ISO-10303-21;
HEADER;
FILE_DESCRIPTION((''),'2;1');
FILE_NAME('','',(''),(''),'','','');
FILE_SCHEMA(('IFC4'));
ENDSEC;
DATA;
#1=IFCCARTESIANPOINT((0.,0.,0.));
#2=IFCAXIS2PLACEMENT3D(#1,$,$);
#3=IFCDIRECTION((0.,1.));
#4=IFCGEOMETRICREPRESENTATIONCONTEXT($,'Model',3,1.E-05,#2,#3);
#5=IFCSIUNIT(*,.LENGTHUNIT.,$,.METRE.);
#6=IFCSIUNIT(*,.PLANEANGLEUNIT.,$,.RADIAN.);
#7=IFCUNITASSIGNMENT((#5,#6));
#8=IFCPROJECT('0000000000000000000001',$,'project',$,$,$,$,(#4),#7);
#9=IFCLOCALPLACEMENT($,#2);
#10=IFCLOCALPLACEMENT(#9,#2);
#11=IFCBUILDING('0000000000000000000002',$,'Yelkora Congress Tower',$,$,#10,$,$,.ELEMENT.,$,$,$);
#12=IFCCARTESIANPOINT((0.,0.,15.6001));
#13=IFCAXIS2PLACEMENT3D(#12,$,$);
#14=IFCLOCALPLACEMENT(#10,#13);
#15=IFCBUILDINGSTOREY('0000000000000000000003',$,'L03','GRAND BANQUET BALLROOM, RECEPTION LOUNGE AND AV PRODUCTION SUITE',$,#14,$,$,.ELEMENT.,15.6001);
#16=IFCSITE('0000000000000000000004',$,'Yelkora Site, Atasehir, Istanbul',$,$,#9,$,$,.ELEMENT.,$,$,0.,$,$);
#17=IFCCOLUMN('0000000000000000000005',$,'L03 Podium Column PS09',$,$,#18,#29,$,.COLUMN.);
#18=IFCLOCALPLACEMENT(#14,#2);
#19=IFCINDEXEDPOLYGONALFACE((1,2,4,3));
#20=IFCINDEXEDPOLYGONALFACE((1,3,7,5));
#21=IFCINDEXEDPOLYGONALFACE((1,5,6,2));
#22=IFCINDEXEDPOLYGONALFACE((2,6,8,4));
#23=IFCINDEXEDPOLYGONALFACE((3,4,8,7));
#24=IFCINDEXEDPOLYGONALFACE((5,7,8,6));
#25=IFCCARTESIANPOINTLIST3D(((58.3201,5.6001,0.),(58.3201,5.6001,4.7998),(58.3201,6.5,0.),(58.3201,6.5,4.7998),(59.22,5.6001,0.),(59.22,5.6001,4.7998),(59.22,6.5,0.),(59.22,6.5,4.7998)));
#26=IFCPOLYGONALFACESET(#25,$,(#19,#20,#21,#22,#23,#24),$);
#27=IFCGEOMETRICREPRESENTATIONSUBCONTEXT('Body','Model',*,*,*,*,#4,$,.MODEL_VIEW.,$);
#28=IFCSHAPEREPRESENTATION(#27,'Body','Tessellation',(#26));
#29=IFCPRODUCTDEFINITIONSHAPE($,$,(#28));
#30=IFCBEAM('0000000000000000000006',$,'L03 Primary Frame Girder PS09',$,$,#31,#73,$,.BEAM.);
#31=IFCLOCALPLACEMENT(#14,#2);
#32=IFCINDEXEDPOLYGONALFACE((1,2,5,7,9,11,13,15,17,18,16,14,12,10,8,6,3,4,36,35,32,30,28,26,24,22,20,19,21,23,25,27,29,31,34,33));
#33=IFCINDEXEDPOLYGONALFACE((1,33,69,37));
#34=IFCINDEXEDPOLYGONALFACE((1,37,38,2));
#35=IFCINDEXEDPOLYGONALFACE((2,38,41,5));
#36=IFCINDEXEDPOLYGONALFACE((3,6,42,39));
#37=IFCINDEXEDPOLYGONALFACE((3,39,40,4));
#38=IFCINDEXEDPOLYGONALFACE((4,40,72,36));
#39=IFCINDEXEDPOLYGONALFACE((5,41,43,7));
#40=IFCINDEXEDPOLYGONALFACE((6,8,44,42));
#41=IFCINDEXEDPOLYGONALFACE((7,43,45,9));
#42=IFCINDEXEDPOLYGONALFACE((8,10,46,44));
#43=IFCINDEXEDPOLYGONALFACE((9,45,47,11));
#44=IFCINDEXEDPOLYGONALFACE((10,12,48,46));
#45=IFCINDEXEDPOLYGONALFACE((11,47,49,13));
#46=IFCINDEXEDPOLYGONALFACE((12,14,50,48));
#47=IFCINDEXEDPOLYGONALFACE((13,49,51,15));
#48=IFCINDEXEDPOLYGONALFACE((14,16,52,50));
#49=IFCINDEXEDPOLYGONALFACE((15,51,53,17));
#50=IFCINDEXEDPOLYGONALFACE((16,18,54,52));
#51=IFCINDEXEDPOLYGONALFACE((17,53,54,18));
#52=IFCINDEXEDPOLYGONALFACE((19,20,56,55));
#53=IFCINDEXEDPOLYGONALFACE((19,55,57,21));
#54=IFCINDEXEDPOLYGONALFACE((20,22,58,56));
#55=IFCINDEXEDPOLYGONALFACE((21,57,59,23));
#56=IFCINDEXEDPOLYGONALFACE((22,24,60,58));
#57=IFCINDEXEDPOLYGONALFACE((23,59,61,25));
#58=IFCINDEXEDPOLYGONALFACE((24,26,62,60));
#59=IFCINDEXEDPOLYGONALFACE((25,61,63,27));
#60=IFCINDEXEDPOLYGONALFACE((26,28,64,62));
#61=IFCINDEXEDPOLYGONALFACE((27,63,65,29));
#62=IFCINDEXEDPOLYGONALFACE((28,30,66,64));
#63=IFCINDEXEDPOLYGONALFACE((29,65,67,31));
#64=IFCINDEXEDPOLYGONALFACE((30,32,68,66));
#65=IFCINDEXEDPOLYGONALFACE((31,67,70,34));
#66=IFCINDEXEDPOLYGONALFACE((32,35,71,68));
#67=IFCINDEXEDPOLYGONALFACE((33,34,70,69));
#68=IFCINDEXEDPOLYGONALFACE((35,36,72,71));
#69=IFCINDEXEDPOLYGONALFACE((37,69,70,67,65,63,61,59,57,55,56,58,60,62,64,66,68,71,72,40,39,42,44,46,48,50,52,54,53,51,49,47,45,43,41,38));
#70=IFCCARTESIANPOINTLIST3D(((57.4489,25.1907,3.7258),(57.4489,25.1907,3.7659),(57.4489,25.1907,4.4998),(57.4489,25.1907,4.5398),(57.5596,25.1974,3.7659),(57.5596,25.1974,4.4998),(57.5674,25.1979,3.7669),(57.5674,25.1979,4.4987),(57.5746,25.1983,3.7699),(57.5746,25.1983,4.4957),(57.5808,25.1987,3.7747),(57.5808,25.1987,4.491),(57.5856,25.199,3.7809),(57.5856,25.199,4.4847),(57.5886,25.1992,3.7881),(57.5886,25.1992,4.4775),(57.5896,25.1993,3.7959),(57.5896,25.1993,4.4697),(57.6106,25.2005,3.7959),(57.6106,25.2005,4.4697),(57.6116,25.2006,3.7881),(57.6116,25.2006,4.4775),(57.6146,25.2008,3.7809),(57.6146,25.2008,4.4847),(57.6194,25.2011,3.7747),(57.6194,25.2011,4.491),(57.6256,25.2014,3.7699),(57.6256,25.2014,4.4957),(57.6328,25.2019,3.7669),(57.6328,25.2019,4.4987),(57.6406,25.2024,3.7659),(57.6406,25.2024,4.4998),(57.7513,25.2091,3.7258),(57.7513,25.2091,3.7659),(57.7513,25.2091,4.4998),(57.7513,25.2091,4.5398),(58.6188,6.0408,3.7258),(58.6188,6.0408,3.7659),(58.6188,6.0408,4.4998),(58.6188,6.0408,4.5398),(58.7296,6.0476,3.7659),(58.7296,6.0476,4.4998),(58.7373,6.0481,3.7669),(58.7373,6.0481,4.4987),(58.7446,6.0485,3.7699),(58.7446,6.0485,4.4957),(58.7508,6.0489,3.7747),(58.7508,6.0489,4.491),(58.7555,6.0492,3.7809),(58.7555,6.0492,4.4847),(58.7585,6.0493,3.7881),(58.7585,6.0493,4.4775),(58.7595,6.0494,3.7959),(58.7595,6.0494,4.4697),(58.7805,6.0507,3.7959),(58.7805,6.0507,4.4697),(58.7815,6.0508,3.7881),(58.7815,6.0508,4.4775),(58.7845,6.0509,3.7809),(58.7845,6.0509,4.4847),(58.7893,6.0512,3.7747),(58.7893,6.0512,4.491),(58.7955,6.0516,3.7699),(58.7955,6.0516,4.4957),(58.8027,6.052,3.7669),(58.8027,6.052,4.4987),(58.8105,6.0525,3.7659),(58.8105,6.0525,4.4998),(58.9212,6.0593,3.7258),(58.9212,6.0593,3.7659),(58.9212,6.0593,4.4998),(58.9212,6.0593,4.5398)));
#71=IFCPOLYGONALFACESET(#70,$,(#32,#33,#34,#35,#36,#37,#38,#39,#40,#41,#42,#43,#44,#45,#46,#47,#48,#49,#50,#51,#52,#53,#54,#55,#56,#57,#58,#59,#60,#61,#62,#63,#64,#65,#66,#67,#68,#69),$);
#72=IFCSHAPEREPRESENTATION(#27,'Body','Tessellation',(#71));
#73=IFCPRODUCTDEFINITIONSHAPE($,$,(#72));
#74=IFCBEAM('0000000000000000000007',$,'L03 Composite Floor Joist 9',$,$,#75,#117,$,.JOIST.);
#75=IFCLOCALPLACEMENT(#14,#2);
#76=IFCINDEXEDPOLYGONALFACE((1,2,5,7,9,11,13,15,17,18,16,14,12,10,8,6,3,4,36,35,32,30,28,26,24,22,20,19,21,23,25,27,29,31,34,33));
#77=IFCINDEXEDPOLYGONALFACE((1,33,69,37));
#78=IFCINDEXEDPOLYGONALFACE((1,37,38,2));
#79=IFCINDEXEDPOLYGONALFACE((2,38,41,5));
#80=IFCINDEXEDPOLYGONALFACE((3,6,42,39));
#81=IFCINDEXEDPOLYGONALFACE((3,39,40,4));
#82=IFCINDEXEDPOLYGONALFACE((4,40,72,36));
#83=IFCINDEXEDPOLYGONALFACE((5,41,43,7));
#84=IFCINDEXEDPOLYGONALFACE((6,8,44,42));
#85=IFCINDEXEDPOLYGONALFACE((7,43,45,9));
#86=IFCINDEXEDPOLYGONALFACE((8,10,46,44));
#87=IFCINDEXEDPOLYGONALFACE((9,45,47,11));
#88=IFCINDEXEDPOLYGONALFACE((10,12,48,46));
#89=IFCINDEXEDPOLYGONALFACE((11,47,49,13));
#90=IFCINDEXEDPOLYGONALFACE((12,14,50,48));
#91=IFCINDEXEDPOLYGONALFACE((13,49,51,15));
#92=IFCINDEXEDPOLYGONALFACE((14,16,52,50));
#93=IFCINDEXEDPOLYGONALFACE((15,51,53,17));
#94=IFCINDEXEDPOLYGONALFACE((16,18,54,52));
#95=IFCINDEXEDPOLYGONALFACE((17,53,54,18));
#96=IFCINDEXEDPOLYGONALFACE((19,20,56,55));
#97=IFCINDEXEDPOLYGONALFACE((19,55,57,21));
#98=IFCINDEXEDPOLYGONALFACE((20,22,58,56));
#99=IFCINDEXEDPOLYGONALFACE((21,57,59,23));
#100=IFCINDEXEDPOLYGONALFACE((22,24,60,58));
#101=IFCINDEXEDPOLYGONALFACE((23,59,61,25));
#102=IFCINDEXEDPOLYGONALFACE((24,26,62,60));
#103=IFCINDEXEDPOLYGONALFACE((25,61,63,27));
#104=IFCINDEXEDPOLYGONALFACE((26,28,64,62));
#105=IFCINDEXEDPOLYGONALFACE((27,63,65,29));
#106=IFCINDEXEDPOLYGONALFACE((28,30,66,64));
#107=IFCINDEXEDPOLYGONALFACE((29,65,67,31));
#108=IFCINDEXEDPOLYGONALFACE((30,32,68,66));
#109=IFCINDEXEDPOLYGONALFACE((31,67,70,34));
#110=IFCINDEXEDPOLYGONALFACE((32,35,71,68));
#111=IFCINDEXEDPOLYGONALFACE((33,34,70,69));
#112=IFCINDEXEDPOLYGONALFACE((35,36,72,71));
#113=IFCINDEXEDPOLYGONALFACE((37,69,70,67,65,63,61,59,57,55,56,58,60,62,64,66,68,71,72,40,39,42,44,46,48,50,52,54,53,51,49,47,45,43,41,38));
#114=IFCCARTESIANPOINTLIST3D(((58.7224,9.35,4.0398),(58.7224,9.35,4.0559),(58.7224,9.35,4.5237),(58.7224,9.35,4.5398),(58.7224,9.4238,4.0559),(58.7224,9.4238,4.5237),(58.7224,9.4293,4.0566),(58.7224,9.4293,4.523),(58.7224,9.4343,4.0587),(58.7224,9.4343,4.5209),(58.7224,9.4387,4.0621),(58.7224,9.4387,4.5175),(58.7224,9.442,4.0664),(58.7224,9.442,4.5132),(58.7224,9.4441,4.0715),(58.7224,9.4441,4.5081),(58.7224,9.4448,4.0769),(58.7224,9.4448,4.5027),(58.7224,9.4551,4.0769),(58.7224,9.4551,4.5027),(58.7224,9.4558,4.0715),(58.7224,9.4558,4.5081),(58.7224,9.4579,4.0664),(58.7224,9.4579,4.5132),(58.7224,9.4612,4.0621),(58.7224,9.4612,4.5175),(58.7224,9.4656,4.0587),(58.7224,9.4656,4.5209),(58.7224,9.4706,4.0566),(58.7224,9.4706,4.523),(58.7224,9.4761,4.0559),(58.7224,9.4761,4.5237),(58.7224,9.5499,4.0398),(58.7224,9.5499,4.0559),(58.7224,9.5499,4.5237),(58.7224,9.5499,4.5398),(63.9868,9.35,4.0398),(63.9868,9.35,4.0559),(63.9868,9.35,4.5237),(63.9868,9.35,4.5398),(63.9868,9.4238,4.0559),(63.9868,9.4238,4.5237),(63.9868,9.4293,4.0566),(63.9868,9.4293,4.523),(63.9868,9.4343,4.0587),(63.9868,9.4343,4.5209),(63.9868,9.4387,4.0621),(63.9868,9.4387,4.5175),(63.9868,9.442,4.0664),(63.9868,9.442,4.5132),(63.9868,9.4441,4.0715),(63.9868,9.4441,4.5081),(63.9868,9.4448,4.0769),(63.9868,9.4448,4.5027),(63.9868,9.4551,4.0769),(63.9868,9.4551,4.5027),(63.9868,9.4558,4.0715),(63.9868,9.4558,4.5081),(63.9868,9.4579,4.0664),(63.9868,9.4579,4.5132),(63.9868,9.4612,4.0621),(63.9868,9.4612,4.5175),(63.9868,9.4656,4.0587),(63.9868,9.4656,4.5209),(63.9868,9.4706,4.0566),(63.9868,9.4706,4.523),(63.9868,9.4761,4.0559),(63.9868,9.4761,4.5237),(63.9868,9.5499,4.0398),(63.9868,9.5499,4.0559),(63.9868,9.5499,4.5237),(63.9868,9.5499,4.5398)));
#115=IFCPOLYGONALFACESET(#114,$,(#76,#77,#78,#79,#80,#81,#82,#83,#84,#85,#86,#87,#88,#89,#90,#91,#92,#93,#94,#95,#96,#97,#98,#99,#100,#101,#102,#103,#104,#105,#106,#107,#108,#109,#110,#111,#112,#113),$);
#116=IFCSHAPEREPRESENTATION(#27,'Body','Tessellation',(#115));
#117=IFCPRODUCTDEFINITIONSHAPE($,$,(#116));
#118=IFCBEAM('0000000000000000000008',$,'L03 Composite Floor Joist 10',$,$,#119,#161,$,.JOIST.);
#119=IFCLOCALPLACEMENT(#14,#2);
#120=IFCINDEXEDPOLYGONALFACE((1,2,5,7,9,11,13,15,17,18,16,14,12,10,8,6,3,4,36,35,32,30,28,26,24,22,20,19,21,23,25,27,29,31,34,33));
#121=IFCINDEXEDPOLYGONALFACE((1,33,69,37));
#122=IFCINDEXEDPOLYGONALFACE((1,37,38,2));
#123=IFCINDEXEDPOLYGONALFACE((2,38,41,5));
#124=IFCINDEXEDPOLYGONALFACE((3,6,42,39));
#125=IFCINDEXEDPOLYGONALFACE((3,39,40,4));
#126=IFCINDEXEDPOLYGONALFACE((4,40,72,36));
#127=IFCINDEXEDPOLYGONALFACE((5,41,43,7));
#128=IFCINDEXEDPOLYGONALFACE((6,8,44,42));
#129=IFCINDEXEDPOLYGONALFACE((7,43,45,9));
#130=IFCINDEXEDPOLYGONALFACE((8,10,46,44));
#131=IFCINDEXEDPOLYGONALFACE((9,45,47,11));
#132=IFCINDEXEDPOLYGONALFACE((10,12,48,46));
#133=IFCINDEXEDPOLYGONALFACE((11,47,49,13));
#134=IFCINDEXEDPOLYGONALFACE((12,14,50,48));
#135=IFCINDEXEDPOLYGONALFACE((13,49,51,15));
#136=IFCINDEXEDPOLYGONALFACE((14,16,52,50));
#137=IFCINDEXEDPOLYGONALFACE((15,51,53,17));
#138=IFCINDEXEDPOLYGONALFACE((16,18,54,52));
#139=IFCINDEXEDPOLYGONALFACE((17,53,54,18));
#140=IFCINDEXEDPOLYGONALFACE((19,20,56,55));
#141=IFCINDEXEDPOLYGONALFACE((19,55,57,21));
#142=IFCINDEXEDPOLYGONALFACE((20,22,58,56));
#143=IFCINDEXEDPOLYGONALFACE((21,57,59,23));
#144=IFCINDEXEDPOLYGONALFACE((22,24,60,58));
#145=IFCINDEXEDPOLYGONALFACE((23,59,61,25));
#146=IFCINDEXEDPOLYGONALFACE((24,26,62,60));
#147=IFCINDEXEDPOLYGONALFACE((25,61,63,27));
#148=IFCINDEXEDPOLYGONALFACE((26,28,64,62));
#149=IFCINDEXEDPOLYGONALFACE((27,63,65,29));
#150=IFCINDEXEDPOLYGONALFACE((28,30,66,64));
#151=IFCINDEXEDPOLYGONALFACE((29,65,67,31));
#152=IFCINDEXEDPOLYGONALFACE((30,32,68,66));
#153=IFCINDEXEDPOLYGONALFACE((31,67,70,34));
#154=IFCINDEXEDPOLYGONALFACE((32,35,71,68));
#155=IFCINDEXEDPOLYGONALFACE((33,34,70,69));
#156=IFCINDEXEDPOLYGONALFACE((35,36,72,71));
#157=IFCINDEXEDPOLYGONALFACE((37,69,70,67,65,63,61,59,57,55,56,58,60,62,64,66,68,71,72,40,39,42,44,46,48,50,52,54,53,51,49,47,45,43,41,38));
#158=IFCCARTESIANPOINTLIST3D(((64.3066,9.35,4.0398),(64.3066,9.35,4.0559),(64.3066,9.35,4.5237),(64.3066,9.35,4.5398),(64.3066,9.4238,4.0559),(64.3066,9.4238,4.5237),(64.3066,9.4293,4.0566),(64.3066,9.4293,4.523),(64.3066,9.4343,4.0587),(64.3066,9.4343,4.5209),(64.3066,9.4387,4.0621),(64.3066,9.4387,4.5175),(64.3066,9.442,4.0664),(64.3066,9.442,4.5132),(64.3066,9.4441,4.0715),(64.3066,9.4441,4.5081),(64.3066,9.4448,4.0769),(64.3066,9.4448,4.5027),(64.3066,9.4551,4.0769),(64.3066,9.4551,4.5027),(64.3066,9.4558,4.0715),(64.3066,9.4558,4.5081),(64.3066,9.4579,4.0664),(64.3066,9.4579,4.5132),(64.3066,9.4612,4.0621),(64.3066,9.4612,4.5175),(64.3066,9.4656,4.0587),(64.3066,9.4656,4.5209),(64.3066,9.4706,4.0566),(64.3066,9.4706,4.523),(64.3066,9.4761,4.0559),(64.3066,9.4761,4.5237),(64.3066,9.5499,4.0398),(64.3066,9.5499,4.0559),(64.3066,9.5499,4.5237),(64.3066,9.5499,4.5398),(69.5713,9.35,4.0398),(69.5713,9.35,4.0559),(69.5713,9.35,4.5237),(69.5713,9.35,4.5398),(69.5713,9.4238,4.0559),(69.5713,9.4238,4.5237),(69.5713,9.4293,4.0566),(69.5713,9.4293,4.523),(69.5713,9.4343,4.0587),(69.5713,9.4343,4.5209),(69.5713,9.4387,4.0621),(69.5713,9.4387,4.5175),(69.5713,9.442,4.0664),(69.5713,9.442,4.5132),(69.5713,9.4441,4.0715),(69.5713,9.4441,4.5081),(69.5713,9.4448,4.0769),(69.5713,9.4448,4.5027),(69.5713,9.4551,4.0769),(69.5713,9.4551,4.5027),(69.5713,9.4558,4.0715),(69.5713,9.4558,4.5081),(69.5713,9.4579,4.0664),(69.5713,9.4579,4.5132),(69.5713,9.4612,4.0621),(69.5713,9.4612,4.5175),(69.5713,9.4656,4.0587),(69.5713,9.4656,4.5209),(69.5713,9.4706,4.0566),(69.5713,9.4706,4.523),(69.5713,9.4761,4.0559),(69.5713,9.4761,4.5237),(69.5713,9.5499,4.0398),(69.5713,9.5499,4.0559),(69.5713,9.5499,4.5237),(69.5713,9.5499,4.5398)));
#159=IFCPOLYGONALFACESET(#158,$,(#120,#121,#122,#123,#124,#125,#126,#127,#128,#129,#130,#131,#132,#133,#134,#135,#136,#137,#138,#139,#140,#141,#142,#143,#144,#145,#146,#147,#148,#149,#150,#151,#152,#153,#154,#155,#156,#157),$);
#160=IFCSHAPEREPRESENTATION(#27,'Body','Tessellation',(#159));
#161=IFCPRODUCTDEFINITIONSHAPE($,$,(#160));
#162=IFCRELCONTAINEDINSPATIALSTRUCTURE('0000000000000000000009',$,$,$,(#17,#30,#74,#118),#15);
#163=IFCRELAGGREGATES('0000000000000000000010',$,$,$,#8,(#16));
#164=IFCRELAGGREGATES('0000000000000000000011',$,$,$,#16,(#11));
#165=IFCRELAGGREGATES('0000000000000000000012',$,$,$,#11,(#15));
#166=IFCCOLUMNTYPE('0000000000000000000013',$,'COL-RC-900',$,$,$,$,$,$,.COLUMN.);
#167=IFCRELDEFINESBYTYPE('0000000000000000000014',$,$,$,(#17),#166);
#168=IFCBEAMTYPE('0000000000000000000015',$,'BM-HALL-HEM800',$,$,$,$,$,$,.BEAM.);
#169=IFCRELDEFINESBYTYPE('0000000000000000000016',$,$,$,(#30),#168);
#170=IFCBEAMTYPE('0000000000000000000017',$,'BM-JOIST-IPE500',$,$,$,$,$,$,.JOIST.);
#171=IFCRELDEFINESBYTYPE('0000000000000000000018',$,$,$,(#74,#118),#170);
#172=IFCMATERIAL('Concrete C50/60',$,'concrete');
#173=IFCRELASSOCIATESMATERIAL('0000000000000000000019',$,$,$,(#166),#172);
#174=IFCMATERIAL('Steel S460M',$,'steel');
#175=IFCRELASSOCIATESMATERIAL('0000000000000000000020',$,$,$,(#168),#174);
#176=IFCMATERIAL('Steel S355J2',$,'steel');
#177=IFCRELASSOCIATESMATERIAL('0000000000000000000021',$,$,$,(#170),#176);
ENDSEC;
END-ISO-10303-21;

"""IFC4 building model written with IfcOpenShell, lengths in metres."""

from ifc_helpers import new_model, si_unit, direction, frame, origin, origin_2d, place, context, subcontext, project, spatial, rectangle, i_section, extrude, material, material_profile, profile_set, type_object, element, save


model = new_model("IFC4")

# Units and contexts
model_context = context("Model", 3, precision=1e-05, world=origin(), true_north=direction((0.0, 1.0)))
body_context = subcontext(model_context, "Body", "Model", "MODEL_VIEW")
ifc_project = project(units=[si_unit("LENGTHUNIT", "METRE"), si_unit("PLANEANGLEUNIT", "RADIAN")], contexts=[model_context])

# Site, building, storey
site_placement = place(None, origin())
site = spatial("IfcSite", under=ifc_project, at=site_placement, Name="Yelkora Site, Atasehir, Istanbul", CompositionType="ELEMENT", RefElevation=0.0)
building_placement = place(site_placement, origin())
building = spatial("IfcBuilding", under=site, at=building_placement, Name="Yelkora Congress Tower", CompositionType="ELEMENT")
storey_placement = place(building_placement, frame((0.0, 0.0, 15.6001)))
storey = spatial("IfcBuildingStorey", under=building, at=storey_placement, Name="L03", Description="GRAND BANQUET BALLROOM, RECEPTION LOUNGE AND AV PRODUCTION SUITE", CompositionType="ELEMENT", Elevation=15.6001)

# Column
ifc_material_1 = material(Name="Concrete C50/60", Category="concrete")
ifc_material_profile_1 = material_profile(ifc_material_1, rectangle(XDim=0.8999, YDim=0.8999, at=origin_2d()), Name="RC 900x900")
ifc_profile_set_1 = profile_set([ifc_material_profile_1], Name="Concrete C50/60")
column_type = type_object("IfcColumnType", Name="COL-RC-900", PredefinedType="COLUMN", material=ifc_profile_set_1)
column_placement = place(storey_placement, frame((58.77, 6.05, 0.0), z_axis=(0.0, 0.0, 1.0), x_axis=(1.0, 0.0, 0.0)))
element("IfcColumn", 1, at=column_placement, inside=storey, type_object=column_type, Name="L03 Podium Column PS09", PredefinedType="COLUMN", context=body_context, shape_type="SweptSolid", body=[
    extrude(rectangle(XDim=0.8999, YDim=0.8999, at=origin_2d()), origin(), (0.0, 0.0, 1.0), 4.7998),
])

# Beams
ifc_material_2 = material(Name="Steel S460M", Category="steel")
ifc_material_profile_2 = material_profile(ifc_material_2, i_section(OverallWidth=0.303, OverallDepth=0.814, WebThickness=0.021, FlangeThickness=0.04, FilletRadius=0.03, at=origin_2d()), Name="HEM 800")
ifc_profile_set_2 = profile_set([ifc_material_profile_2], Name="Steel S460M")
beam_type_1 = type_object("IfcBeamType", Name="BM-HALL-HEM800", PredefinedType="BEAM", material=ifc_profile_set_2)
beam_1_placement = place(storey_placement, frame((58.77, 6.05, 4.1328), z_axis=(-0.060979, 0.998139, 0.0), x_axis=(-0.998139, -0.060979, 0.0)))
element("IfcBeam", 2, at=beam_1_placement, inside=storey, type_object=beam_type_1, Name="L03 Primary Frame Girder PS09", PredefinedType="BEAM", context=body_context, shape_type="SweptSolid", body=[
    extrude(i_section(OverallWidth=0.303, OverallDepth=0.814, WebThickness=0.021, FlangeThickness=0.04, FilletRadius=0.03, at=origin_2d()), origin(), (0.0, 0.0, 1.0), 19.1855),
])
ifc_material_3 = material(Name="Steel S355J2", Category="steel")
ifc_material_profile_3 = material_profile(ifc_material_3, i_section(OverallWidth=0.2, OverallDepth=0.5, WebThickness=0.0103, FlangeThickness=0.0161, FilletRadius=0.021, at=origin_2d()), Name="IPE 500")
ifc_profile_set_3 = profile_set([ifc_material_profile_3], Name="Steel S355J2")
beam_type_2 = type_object("IfcBeamType", Name="BM-JOIST-IPE500", PredefinedType="JOIST", material=ifc_profile_set_3)
beam_2_placement = place(storey_placement, frame((58.7224, 9.45, 4.2898), z_axis=(1.0, 0.0, 0.0), x_axis=(0.0, 1.0, 0.0)))
element("IfcBeam", 3, at=beam_2_placement, inside=storey, type_object=beam_type_2, Name="L03 Composite Floor Joist 9", PredefinedType="JOIST", context=body_context, shape_type="SweptSolid", body=[
    extrude(i_section(OverallWidth=0.2, OverallDepth=0.5, WebThickness=0.0103, FlangeThickness=0.0161, FilletRadius=0.021, at=origin_2d()), origin(), (0.0, 0.0, 1.0), 5.2644),
])
beam_3_placement = place(storey_placement, frame((64.3066, 9.45, 4.2898), z_axis=(1.0, 0.0, 0.0), x_axis=(0.0, 1.0, 0.0)))
element("IfcBeam", 4, at=beam_3_placement, inside=storey, type_object=beam_type_2, Name="L03 Composite Floor Joist 10", PredefinedType="JOIST", context=body_context, shape_type="SweptSolid", body=[
    extrude(i_section(OverallWidth=0.2, OverallDepth=0.5, WebThickness=0.0103, FlangeThickness=0.0161, FilletRadius=0.021, at=origin_2d()), origin(), (0.0, 0.0, 1.0), 5.2646),
])

save(model, "model.ifc")
